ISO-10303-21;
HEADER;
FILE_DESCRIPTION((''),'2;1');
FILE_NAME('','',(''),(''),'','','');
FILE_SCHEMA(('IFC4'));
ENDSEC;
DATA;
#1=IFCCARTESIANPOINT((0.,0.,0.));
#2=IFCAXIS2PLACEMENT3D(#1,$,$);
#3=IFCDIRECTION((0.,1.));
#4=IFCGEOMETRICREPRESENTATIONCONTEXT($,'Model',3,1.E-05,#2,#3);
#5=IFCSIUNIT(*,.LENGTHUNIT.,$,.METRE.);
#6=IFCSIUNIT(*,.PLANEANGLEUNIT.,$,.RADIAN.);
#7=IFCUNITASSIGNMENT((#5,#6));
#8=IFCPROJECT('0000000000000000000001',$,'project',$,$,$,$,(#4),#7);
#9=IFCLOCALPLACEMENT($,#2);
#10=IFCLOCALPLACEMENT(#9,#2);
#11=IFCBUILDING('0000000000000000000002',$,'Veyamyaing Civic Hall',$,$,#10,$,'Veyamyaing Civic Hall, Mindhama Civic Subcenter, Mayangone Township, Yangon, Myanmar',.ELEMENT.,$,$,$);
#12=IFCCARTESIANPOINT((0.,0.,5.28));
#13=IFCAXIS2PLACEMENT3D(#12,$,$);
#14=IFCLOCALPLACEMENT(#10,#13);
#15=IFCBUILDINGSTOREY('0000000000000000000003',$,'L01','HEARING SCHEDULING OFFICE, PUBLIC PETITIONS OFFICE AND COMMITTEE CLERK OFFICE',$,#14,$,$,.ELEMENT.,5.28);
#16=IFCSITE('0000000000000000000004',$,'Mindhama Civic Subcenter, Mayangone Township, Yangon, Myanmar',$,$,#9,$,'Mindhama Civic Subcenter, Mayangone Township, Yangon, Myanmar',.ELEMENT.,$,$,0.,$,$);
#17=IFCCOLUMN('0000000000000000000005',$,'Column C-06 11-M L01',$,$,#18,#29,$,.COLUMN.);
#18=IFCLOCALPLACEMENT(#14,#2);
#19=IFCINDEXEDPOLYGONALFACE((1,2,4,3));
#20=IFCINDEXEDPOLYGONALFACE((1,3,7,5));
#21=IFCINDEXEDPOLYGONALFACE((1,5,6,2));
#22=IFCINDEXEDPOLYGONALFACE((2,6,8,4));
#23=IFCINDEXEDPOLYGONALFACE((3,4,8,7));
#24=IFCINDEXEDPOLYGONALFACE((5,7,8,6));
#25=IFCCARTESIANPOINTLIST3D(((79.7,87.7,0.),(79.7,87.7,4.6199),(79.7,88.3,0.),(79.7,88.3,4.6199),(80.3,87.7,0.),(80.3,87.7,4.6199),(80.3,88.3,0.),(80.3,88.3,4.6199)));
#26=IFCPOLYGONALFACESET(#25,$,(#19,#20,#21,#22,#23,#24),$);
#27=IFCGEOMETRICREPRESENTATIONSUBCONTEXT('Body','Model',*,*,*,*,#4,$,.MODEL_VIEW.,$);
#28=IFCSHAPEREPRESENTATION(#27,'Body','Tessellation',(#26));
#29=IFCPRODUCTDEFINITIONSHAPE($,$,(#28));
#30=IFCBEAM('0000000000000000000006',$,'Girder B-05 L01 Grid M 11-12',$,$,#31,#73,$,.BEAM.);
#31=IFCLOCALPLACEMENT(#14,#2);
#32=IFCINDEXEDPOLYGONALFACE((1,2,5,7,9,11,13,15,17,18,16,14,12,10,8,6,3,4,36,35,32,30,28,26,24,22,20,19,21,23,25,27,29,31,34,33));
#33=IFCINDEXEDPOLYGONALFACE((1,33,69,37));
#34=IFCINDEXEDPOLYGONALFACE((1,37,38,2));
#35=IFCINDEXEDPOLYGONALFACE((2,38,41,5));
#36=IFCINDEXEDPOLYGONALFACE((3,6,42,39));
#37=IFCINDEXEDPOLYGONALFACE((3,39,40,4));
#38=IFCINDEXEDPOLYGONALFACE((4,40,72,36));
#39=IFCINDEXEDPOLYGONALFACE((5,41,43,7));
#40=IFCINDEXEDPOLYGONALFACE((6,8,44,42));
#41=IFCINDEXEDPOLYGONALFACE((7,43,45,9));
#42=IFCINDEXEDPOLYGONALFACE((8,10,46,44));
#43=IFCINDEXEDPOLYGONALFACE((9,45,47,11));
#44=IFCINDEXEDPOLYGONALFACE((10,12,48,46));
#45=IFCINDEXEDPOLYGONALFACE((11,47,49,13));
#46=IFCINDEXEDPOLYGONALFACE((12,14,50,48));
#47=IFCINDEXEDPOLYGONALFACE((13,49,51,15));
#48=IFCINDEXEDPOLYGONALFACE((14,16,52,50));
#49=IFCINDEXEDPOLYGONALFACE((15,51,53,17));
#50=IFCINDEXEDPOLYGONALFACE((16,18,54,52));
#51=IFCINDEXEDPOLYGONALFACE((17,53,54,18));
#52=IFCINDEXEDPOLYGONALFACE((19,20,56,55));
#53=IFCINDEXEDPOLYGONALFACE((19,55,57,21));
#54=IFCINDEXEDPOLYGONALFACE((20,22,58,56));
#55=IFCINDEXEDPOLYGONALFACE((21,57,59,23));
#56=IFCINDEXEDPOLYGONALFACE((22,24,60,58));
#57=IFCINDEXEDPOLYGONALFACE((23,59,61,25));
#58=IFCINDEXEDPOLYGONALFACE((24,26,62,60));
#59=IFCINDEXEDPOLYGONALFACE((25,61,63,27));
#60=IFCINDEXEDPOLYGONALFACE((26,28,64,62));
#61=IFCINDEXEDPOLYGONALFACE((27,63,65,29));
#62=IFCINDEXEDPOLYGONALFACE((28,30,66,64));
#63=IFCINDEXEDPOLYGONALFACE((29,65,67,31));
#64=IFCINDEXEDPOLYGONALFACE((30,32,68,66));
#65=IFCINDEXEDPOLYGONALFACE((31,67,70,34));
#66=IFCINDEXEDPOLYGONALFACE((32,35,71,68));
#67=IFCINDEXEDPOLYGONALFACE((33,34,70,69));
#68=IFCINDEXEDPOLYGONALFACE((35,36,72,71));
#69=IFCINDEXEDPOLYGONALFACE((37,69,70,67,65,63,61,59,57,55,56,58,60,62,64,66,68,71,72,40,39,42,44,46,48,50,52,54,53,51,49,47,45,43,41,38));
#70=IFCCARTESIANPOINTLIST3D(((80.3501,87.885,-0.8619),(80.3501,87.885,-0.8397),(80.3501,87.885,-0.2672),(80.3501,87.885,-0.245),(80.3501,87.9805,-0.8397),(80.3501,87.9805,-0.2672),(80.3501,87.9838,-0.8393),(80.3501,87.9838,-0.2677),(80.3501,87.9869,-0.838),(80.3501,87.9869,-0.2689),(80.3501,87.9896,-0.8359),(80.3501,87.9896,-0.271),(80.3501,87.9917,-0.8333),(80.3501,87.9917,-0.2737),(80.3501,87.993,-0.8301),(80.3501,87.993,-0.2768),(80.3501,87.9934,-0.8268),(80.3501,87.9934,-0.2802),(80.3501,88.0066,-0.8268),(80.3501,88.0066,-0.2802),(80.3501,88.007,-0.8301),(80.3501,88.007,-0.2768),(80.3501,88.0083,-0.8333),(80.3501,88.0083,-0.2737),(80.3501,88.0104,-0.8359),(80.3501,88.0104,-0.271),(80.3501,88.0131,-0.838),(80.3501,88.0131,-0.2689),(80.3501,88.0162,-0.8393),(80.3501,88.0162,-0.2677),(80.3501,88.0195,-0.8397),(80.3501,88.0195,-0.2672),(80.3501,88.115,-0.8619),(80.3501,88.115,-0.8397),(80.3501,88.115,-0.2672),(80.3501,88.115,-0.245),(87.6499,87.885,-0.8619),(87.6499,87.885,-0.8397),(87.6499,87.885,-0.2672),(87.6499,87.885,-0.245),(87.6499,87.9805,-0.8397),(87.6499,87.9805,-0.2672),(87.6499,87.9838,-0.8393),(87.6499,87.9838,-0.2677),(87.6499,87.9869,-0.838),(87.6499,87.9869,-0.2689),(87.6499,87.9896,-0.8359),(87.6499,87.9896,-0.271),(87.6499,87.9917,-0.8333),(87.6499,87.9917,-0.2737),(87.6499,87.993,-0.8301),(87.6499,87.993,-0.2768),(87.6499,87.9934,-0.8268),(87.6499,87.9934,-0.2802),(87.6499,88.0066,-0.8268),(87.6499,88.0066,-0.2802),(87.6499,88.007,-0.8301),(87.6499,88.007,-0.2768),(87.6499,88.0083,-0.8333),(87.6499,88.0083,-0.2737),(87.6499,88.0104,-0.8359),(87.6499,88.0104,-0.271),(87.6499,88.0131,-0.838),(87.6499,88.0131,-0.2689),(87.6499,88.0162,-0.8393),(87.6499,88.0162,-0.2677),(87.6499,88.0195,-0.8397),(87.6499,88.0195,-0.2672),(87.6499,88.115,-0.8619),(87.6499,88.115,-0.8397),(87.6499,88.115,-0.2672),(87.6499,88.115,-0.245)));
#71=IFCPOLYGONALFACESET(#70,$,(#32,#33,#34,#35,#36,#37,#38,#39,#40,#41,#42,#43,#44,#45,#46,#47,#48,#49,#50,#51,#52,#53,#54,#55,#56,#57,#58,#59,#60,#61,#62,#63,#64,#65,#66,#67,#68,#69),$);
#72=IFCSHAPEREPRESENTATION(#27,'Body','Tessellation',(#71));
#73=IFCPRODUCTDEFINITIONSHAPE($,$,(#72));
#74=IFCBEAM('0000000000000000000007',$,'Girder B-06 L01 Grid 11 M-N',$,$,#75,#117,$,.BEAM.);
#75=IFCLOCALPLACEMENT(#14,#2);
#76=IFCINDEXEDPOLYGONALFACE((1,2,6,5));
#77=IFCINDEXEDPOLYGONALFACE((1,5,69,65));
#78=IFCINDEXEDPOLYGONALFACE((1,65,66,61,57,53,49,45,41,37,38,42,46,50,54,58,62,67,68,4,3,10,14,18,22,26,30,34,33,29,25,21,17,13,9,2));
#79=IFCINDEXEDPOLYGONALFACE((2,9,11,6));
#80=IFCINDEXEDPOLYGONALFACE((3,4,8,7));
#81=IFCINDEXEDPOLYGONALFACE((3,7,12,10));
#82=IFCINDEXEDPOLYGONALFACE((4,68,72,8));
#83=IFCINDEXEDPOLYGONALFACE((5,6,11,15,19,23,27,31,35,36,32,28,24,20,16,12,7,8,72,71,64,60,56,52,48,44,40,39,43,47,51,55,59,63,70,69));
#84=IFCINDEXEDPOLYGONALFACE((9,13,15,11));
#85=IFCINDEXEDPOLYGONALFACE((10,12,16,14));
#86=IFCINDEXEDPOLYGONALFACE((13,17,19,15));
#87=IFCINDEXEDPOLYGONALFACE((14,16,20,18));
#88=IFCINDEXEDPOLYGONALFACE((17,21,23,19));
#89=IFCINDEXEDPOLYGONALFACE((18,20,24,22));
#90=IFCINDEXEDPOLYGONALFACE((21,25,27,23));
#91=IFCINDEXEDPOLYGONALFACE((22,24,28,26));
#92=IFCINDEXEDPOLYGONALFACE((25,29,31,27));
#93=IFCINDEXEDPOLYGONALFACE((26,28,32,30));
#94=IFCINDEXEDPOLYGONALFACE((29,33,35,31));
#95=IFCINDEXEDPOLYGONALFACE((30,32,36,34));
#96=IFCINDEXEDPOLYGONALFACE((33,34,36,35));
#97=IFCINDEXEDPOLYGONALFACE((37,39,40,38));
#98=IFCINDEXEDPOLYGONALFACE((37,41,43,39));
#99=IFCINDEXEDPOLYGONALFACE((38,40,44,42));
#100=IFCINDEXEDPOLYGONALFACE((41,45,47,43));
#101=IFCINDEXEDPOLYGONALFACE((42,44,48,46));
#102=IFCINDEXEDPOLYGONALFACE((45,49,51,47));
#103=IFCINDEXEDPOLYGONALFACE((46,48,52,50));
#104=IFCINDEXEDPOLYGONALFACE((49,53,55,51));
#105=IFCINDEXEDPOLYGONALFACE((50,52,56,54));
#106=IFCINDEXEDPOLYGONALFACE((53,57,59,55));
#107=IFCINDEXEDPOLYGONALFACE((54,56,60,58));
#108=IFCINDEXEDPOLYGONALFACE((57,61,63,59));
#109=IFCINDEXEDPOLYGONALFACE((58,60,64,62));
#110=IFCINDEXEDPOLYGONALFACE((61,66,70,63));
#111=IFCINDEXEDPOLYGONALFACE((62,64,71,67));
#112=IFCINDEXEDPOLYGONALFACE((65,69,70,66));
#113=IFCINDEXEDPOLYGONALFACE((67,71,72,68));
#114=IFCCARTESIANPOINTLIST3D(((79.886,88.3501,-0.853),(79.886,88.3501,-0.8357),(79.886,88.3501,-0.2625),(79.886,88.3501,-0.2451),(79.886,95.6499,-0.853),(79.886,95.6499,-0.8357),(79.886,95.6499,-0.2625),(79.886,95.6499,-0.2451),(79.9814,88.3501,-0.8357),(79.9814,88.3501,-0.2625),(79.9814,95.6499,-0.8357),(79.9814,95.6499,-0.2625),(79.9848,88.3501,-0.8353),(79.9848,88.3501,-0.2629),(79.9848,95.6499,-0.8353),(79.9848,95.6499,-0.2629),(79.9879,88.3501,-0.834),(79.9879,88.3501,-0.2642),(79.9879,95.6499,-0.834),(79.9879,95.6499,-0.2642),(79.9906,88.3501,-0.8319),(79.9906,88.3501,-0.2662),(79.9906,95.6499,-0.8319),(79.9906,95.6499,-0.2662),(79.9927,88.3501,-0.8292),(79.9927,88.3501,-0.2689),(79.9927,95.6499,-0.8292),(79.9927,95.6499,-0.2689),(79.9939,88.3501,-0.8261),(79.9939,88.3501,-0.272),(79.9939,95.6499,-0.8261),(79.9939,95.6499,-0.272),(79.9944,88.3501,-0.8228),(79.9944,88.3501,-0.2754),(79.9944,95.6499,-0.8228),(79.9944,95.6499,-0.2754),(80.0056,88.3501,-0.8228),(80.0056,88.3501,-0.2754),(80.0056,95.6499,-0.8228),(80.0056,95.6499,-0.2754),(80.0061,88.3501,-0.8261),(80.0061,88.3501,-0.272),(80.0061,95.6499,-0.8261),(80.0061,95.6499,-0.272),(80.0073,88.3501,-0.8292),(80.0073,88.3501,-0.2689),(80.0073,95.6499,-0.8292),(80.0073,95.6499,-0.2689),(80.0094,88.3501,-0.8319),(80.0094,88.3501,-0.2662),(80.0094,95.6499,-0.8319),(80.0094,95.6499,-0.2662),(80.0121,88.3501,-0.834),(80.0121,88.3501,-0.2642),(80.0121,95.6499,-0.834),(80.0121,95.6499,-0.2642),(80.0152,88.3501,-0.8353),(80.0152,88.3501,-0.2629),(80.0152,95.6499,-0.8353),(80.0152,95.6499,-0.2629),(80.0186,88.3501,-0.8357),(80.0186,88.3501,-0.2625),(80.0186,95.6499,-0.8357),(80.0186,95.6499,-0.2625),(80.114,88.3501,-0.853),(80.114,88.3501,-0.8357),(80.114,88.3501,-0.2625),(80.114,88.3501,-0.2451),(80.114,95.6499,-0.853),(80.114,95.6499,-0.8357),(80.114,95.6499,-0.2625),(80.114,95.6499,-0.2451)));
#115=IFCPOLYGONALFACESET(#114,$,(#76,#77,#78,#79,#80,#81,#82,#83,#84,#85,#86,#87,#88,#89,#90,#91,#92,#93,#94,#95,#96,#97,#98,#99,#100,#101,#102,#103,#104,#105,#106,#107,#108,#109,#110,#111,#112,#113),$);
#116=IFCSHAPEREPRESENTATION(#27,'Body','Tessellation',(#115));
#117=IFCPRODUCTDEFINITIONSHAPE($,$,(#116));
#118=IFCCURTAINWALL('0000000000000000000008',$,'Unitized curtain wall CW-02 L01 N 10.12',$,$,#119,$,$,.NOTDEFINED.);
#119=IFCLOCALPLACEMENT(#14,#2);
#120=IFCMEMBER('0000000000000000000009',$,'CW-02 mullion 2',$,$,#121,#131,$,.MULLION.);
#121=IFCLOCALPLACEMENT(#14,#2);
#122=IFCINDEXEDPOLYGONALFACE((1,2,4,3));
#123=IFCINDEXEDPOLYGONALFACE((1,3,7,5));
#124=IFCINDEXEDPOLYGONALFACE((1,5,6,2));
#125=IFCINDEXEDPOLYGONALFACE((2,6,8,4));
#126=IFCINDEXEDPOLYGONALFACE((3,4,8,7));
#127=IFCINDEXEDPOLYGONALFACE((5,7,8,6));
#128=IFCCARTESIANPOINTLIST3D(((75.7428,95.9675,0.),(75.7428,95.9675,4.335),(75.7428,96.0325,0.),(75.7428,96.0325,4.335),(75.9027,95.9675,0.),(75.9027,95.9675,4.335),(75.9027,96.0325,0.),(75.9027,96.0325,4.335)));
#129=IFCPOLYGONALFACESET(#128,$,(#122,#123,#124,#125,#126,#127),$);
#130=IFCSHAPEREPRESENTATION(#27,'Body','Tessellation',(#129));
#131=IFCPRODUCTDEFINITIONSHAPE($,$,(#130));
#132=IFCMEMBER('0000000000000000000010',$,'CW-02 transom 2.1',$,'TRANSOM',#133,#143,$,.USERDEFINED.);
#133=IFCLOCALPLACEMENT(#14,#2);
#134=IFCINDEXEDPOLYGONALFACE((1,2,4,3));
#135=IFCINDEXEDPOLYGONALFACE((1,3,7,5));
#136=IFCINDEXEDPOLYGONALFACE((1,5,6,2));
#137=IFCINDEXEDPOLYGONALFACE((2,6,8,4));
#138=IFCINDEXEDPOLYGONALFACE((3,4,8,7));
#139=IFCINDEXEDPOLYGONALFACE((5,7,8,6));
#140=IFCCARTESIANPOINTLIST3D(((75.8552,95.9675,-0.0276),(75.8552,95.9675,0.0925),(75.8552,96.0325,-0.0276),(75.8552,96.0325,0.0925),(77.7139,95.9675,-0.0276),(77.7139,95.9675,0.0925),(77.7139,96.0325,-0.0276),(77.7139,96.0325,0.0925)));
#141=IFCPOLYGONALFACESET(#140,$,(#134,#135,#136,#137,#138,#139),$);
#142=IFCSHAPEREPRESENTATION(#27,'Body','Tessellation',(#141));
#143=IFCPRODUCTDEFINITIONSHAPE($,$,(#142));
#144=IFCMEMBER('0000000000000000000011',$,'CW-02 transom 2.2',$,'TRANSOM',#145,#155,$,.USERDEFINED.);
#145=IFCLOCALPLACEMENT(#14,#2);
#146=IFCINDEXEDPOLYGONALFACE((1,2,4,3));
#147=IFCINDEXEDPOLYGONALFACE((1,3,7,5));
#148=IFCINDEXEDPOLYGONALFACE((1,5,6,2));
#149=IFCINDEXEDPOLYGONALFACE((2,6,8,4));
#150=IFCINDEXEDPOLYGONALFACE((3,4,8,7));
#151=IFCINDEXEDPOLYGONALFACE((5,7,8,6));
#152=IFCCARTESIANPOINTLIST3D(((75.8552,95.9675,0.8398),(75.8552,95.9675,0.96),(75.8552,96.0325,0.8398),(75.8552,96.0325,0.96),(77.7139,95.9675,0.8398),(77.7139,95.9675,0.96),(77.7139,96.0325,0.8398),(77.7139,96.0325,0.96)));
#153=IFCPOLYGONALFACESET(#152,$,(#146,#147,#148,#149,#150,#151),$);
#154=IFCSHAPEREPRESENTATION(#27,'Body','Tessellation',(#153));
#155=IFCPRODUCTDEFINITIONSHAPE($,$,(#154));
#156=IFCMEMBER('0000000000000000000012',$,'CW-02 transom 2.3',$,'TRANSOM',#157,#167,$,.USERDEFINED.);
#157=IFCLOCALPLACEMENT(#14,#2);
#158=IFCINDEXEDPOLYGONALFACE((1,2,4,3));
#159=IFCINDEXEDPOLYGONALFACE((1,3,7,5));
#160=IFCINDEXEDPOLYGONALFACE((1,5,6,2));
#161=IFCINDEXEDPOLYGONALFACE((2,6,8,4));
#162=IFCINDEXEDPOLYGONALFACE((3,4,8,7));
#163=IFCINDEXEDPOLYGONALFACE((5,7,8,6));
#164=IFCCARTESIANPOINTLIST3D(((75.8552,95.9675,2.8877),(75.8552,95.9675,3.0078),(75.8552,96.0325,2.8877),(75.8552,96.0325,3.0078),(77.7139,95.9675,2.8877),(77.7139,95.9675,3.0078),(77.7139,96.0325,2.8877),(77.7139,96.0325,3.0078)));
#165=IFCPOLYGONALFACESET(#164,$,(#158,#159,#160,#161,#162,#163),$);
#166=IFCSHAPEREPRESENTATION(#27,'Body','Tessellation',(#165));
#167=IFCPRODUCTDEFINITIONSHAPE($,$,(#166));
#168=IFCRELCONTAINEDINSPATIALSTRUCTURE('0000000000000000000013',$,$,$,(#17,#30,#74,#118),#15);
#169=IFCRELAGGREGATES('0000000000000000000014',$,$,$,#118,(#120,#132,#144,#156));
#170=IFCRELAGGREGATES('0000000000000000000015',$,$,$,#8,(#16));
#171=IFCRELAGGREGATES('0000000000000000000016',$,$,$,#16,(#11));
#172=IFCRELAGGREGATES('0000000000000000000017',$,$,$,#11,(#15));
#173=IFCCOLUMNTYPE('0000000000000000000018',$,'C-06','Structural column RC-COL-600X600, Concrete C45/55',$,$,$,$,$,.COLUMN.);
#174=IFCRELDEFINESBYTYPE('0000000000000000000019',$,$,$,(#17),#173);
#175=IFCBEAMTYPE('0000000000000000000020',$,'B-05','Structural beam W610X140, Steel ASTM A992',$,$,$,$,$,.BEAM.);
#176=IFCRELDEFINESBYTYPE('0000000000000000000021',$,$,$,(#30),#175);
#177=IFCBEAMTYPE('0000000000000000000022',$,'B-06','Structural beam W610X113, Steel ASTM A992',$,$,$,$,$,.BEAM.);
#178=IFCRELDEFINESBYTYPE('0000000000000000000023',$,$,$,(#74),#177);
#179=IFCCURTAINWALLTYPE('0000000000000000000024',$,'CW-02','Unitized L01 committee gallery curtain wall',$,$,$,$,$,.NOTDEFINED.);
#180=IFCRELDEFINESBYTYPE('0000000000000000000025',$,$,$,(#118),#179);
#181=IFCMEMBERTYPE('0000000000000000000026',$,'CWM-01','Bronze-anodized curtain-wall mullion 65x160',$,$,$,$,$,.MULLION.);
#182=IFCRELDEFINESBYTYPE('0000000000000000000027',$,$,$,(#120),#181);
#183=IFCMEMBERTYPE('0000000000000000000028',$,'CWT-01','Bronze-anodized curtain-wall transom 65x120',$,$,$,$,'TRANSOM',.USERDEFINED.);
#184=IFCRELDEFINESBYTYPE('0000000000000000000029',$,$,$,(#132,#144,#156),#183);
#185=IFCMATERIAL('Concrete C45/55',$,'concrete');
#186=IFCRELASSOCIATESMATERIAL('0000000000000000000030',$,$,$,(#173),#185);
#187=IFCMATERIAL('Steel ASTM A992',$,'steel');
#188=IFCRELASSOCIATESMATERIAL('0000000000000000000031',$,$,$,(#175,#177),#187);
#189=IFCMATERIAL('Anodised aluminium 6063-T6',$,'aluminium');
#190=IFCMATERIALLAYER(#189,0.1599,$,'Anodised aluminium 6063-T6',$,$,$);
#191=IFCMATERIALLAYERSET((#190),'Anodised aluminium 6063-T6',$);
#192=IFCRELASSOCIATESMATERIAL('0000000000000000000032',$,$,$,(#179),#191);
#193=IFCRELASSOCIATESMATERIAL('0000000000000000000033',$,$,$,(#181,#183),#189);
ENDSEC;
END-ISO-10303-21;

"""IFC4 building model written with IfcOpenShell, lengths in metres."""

from ifc_helpers import new_model, si_unit, direction, frame, origin, origin_2d, place, context, subcontext, project, spatial, rectangle, i_section, extrude, material, layer, layer_set, material_profile, profile_set, type_object, element, aggregate, save


model = new_model("IFC4")

# Units and contexts
model_context = context("Model", 3, precision=1e-05, world=origin(), true_north=direction((0.0, 1.0)))
body_context = subcontext(model_context, "Body", "Model", "MODEL_VIEW")
ifc_project = project(units=[si_unit("LENGTHUNIT", "METRE"), si_unit("PLANEANGLEUNIT", "RADIAN")], contexts=[model_context])

# Site, building, storey
site_placement = place(None, origin())
site = spatial("IfcSite", under=ifc_project, at=site_placement, Name="Mindhama Civic Subcenter, Mayangone Township, Yangon, Myanmar", LongName="Mindhama Civic Subcenter, Mayangone Township, Yangon, Myanmar", CompositionType="ELEMENT", RefElevation=0.0)
building_placement = place(site_placement, origin())
building = spatial("IfcBuilding", under=site, at=building_placement, Name="Veyamyaing Civic Hall", LongName="Veyamyaing Civic Hall, Mindhama Civic Subcenter, Mayangone Township, Yangon, Myanmar", CompositionType="ELEMENT")
storey_placement = place(building_placement, frame((0.0, 0.0, 5.28)))
storey = spatial("IfcBuildingStorey", under=building, at=storey_placement, Name="L01", Description="HEARING SCHEDULING OFFICE, PUBLIC PETITIONS OFFICE AND COMMITTEE CLERK OFFICE", CompositionType="ELEMENT", Elevation=5.28)

# Column
ifc_material_1 = material(Name="Concrete C45/55", Category="concrete")
ifc_material_profile_1 = material_profile(ifc_material_1, rectangle(XDim=0.6001, YDim=0.6001, at=origin_2d()), Name="RC-COL-600X600")
ifc_profile_set_1 = profile_set([ifc_material_profile_1], Name="Concrete C45/55")
column_type = type_object("IfcColumnType", Name="C-06", Description="Structural column RC-COL-600X600, Concrete C45/55", PredefinedType="COLUMN", material=ifc_profile_set_1)
column_placement = place(storey_placement, frame((80.0, 88.0, 0.0), z_axis=(0.0, 0.0, 1.0), x_axis=(1.0, 0.0, 0.0)))
element("IfcColumn", 1, at=column_placement, inside=storey, type_object=column_type, Name="Column C-06 11-M L01", PredefinedType="COLUMN", context=body_context, shape_type="SweptSolid", body=[
    extrude(rectangle(XDim=0.6001, YDim=0.6001, at=origin_2d()), origin(), (0.0, 0.0, 1.0), 4.6199),
])

# Beams
ifc_material_2 = material(Name="Steel ASTM A992", Category="steel")
ifc_material_profile_2 = material_profile(ifc_material_2, i_section(OverallWidth=0.23, OverallDepth=0.6169, WebThickness=0.0132, FlangeThickness=0.0222, FilletRadius=0.0129, at=origin_2d()), Name="W610X140")
ifc_profile_set_2 = profile_set([ifc_material_profile_2], Name="Steel ASTM A992")
beam_type_1 = type_object("IfcBeamType", Name="B-05", Description="Structural beam W610X140, Steel ASTM A992", PredefinedType="BEAM", material=ifc_profile_set_2)
beam_1_placement = place(storey_placement, frame((80.3501, 88.0, -0.5535), z_axis=(1.0, 0.0, 0.0), x_axis=(0.0, 1.0, 0.0)))
element("IfcBeam", 2, at=beam_1_placement, inside=storey, type_object=beam_type_1, Name="Girder B-05 L01 Grid M 11-12", PredefinedType="BEAM", context=body_context, shape_type="SweptSolid", body=[
    extrude(i_section(OverallWidth=0.23, OverallDepth=0.6169, WebThickness=0.0132, FlangeThickness=0.0222, FilletRadius=0.0129, at=origin_2d()), origin(), (0.0, 0.0, 1.0), 7.2998),
])
ifc_material_profile_3 = material_profile(ifc_material_2, i_section(OverallWidth=0.228, OverallDepth=0.6079, WebThickness=0.0112, FlangeThickness=0.0173, FilletRadius=0.0129, at=origin_2d()), Name="W610X113")
ifc_profile_set_3 = profile_set([ifc_material_profile_3], Name="Steel ASTM A992")
beam_type_2 = type_object("IfcBeamType", Name="B-06", Description="Structural beam W610X113, Steel ASTM A992", PredefinedType="BEAM", material=ifc_profile_set_3)
beam_2_placement = place(storey_placement, frame((80.0, 88.3501, -0.5491), z_axis=(0.0, 1.0, 0.0), x_axis=(-1.0, 0.0, 0.0)))
element("IfcBeam", 3, at=beam_2_placement, inside=storey, type_object=beam_type_2, Name="Girder B-06 L01 Grid 11 M-N", PredefinedType="BEAM", context=body_context, shape_type="SweptSolid", body=[
    extrude(i_section(OverallWidth=0.228, OverallDepth=0.6079, WebThickness=0.0112, FlangeThickness=0.0173, FilletRadius=0.0129, at=origin_2d()), origin(), (0.0, 0.0, 1.0), 7.2998),
])

# Curtain wall, members
ifc_material_3 = material(Name="Anodised aluminium 6063-T6", Category="aluminium")
ifc_layer_1 = layer(ifc_material_3, 0.1599, Name="Anodised aluminium 6063-T6")
ifc_layer_set_1 = layer_set([ifc_layer_1], Name="Anodised aluminium 6063-T6")
curtain_wall_type = type_object("IfcCurtainWallType", Name="CW-02", Description="Unitized L01 committee gallery curtain wall", PredefinedType="NOTDEFINED", material=ifc_layer_set_1)
curtain_wall_placement = place(storey_placement, origin())
curtain_wall = element("IfcCurtainWall", 4, at=curtain_wall_placement, inside=storey, type_object=curtain_wall_type, Name="Unitized curtain wall CW-02 L01 N 10.12", PredefinedType="NOTDEFINED")
ifc_material_profile_4 = material_profile(ifc_material_3, rectangle(XDim=0.0649, YDim=0.1599, at=origin_2d()), Name="ALU-MUL-65X160")
ifc_profile_set_4 = profile_set([ifc_material_profile_4], Name="Anodised aluminium 6063-T6")
member_type_1 = type_object("IfcMemberType", Name="CWM-01", Description="Bronze-anodized curtain-wall mullion 65x160", PredefinedType="MULLION", material=ifc_profile_set_4)
member_1_placement = place(storey_placement, frame((75.8228, 96.0, 0.0), z_axis=(0.0, 0.0, 1.0), x_axis=(0.0, 1.0, 0.0)))
member_1 = element("IfcMember", 5, at=member_1_placement, type_object=member_type_1, Name="CW-02 mullion 2", PredefinedType="MULLION", context=body_context, shape_type="SweptSolid", body=[
    extrude(rectangle(XDim=0.0649, YDim=0.1599, at=origin_2d()), origin(), (0.0, 0.0, 1.0), 4.335),
])
ifc_material_profile_5 = material_profile(ifc_material_3, rectangle(XDim=0.0649, YDim=0.1201, at=origin_2d()), Name="ALU-TRN-65X120")
ifc_profile_set_5 = profile_set([ifc_material_profile_5], Name="Anodised aluminium 6063-T6")
member_type_2 = type_object("IfcMemberType", Name="CWT-01", Description="Bronze-anodized curtain-wall transom 65x120", ElementType="TRANSOM", PredefinedType="USERDEFINED", material=ifc_profile_set_5)
member_2_placement = place(storey_placement, frame((75.8552, 96.0, 0.0325), z_axis=(1.0, 0.0, 0.0), x_axis=(0.0, 1.0, 0.0)))
member_2 = element("IfcMember", 6, at=member_2_placement, type_object=member_type_2, Name="CW-02 transom 2.1", ObjectType="TRANSOM", PredefinedType="USERDEFINED", context=body_context, shape_type="SweptSolid", body=[
    extrude(rectangle(XDim=0.0649, YDim=0.1201, at=origin_2d()), origin(), (0.0, 0.0, 1.0), 1.8586),
])
member_3_placement = place(storey_placement, frame((75.8552, 96.0, 0.8999), z_axis=(1.0, 0.0, 0.0), x_axis=(0.0, 1.0, 0.0)))
member_3 = element("IfcMember", 7, at=member_3_placement, type_object=member_type_2, Name="CW-02 transom 2.2", ObjectType="TRANSOM", PredefinedType="USERDEFINED", context=body_context, shape_type="SweptSolid", body=[
    extrude(rectangle(XDim=0.0649, YDim=0.1201, at=origin_2d()), origin(), (0.0, 0.0, 1.0), 1.8586),
])
member_4_placement = place(storey_placement, frame((75.8552, 96.0, 2.9478), z_axis=(1.0, 0.0, 0.0), x_axis=(0.0, 1.0, 0.0)))
member_4 = element("IfcMember", 8, at=member_4_placement, type_object=member_type_2, Name="CW-02 transom 2.3", ObjectType="TRANSOM", PredefinedType="USERDEFINED", context=body_context, shape_type="SweptSolid", body=[
    extrude(rectangle(XDim=0.0649, YDim=0.1201, at=origin_2d()), origin(), (0.0, 0.0, 1.0), 1.8586),
])

aggregate(curtain_wall, [member_1, member_2, member_3, member_4])

save(model, "model.ifc")
